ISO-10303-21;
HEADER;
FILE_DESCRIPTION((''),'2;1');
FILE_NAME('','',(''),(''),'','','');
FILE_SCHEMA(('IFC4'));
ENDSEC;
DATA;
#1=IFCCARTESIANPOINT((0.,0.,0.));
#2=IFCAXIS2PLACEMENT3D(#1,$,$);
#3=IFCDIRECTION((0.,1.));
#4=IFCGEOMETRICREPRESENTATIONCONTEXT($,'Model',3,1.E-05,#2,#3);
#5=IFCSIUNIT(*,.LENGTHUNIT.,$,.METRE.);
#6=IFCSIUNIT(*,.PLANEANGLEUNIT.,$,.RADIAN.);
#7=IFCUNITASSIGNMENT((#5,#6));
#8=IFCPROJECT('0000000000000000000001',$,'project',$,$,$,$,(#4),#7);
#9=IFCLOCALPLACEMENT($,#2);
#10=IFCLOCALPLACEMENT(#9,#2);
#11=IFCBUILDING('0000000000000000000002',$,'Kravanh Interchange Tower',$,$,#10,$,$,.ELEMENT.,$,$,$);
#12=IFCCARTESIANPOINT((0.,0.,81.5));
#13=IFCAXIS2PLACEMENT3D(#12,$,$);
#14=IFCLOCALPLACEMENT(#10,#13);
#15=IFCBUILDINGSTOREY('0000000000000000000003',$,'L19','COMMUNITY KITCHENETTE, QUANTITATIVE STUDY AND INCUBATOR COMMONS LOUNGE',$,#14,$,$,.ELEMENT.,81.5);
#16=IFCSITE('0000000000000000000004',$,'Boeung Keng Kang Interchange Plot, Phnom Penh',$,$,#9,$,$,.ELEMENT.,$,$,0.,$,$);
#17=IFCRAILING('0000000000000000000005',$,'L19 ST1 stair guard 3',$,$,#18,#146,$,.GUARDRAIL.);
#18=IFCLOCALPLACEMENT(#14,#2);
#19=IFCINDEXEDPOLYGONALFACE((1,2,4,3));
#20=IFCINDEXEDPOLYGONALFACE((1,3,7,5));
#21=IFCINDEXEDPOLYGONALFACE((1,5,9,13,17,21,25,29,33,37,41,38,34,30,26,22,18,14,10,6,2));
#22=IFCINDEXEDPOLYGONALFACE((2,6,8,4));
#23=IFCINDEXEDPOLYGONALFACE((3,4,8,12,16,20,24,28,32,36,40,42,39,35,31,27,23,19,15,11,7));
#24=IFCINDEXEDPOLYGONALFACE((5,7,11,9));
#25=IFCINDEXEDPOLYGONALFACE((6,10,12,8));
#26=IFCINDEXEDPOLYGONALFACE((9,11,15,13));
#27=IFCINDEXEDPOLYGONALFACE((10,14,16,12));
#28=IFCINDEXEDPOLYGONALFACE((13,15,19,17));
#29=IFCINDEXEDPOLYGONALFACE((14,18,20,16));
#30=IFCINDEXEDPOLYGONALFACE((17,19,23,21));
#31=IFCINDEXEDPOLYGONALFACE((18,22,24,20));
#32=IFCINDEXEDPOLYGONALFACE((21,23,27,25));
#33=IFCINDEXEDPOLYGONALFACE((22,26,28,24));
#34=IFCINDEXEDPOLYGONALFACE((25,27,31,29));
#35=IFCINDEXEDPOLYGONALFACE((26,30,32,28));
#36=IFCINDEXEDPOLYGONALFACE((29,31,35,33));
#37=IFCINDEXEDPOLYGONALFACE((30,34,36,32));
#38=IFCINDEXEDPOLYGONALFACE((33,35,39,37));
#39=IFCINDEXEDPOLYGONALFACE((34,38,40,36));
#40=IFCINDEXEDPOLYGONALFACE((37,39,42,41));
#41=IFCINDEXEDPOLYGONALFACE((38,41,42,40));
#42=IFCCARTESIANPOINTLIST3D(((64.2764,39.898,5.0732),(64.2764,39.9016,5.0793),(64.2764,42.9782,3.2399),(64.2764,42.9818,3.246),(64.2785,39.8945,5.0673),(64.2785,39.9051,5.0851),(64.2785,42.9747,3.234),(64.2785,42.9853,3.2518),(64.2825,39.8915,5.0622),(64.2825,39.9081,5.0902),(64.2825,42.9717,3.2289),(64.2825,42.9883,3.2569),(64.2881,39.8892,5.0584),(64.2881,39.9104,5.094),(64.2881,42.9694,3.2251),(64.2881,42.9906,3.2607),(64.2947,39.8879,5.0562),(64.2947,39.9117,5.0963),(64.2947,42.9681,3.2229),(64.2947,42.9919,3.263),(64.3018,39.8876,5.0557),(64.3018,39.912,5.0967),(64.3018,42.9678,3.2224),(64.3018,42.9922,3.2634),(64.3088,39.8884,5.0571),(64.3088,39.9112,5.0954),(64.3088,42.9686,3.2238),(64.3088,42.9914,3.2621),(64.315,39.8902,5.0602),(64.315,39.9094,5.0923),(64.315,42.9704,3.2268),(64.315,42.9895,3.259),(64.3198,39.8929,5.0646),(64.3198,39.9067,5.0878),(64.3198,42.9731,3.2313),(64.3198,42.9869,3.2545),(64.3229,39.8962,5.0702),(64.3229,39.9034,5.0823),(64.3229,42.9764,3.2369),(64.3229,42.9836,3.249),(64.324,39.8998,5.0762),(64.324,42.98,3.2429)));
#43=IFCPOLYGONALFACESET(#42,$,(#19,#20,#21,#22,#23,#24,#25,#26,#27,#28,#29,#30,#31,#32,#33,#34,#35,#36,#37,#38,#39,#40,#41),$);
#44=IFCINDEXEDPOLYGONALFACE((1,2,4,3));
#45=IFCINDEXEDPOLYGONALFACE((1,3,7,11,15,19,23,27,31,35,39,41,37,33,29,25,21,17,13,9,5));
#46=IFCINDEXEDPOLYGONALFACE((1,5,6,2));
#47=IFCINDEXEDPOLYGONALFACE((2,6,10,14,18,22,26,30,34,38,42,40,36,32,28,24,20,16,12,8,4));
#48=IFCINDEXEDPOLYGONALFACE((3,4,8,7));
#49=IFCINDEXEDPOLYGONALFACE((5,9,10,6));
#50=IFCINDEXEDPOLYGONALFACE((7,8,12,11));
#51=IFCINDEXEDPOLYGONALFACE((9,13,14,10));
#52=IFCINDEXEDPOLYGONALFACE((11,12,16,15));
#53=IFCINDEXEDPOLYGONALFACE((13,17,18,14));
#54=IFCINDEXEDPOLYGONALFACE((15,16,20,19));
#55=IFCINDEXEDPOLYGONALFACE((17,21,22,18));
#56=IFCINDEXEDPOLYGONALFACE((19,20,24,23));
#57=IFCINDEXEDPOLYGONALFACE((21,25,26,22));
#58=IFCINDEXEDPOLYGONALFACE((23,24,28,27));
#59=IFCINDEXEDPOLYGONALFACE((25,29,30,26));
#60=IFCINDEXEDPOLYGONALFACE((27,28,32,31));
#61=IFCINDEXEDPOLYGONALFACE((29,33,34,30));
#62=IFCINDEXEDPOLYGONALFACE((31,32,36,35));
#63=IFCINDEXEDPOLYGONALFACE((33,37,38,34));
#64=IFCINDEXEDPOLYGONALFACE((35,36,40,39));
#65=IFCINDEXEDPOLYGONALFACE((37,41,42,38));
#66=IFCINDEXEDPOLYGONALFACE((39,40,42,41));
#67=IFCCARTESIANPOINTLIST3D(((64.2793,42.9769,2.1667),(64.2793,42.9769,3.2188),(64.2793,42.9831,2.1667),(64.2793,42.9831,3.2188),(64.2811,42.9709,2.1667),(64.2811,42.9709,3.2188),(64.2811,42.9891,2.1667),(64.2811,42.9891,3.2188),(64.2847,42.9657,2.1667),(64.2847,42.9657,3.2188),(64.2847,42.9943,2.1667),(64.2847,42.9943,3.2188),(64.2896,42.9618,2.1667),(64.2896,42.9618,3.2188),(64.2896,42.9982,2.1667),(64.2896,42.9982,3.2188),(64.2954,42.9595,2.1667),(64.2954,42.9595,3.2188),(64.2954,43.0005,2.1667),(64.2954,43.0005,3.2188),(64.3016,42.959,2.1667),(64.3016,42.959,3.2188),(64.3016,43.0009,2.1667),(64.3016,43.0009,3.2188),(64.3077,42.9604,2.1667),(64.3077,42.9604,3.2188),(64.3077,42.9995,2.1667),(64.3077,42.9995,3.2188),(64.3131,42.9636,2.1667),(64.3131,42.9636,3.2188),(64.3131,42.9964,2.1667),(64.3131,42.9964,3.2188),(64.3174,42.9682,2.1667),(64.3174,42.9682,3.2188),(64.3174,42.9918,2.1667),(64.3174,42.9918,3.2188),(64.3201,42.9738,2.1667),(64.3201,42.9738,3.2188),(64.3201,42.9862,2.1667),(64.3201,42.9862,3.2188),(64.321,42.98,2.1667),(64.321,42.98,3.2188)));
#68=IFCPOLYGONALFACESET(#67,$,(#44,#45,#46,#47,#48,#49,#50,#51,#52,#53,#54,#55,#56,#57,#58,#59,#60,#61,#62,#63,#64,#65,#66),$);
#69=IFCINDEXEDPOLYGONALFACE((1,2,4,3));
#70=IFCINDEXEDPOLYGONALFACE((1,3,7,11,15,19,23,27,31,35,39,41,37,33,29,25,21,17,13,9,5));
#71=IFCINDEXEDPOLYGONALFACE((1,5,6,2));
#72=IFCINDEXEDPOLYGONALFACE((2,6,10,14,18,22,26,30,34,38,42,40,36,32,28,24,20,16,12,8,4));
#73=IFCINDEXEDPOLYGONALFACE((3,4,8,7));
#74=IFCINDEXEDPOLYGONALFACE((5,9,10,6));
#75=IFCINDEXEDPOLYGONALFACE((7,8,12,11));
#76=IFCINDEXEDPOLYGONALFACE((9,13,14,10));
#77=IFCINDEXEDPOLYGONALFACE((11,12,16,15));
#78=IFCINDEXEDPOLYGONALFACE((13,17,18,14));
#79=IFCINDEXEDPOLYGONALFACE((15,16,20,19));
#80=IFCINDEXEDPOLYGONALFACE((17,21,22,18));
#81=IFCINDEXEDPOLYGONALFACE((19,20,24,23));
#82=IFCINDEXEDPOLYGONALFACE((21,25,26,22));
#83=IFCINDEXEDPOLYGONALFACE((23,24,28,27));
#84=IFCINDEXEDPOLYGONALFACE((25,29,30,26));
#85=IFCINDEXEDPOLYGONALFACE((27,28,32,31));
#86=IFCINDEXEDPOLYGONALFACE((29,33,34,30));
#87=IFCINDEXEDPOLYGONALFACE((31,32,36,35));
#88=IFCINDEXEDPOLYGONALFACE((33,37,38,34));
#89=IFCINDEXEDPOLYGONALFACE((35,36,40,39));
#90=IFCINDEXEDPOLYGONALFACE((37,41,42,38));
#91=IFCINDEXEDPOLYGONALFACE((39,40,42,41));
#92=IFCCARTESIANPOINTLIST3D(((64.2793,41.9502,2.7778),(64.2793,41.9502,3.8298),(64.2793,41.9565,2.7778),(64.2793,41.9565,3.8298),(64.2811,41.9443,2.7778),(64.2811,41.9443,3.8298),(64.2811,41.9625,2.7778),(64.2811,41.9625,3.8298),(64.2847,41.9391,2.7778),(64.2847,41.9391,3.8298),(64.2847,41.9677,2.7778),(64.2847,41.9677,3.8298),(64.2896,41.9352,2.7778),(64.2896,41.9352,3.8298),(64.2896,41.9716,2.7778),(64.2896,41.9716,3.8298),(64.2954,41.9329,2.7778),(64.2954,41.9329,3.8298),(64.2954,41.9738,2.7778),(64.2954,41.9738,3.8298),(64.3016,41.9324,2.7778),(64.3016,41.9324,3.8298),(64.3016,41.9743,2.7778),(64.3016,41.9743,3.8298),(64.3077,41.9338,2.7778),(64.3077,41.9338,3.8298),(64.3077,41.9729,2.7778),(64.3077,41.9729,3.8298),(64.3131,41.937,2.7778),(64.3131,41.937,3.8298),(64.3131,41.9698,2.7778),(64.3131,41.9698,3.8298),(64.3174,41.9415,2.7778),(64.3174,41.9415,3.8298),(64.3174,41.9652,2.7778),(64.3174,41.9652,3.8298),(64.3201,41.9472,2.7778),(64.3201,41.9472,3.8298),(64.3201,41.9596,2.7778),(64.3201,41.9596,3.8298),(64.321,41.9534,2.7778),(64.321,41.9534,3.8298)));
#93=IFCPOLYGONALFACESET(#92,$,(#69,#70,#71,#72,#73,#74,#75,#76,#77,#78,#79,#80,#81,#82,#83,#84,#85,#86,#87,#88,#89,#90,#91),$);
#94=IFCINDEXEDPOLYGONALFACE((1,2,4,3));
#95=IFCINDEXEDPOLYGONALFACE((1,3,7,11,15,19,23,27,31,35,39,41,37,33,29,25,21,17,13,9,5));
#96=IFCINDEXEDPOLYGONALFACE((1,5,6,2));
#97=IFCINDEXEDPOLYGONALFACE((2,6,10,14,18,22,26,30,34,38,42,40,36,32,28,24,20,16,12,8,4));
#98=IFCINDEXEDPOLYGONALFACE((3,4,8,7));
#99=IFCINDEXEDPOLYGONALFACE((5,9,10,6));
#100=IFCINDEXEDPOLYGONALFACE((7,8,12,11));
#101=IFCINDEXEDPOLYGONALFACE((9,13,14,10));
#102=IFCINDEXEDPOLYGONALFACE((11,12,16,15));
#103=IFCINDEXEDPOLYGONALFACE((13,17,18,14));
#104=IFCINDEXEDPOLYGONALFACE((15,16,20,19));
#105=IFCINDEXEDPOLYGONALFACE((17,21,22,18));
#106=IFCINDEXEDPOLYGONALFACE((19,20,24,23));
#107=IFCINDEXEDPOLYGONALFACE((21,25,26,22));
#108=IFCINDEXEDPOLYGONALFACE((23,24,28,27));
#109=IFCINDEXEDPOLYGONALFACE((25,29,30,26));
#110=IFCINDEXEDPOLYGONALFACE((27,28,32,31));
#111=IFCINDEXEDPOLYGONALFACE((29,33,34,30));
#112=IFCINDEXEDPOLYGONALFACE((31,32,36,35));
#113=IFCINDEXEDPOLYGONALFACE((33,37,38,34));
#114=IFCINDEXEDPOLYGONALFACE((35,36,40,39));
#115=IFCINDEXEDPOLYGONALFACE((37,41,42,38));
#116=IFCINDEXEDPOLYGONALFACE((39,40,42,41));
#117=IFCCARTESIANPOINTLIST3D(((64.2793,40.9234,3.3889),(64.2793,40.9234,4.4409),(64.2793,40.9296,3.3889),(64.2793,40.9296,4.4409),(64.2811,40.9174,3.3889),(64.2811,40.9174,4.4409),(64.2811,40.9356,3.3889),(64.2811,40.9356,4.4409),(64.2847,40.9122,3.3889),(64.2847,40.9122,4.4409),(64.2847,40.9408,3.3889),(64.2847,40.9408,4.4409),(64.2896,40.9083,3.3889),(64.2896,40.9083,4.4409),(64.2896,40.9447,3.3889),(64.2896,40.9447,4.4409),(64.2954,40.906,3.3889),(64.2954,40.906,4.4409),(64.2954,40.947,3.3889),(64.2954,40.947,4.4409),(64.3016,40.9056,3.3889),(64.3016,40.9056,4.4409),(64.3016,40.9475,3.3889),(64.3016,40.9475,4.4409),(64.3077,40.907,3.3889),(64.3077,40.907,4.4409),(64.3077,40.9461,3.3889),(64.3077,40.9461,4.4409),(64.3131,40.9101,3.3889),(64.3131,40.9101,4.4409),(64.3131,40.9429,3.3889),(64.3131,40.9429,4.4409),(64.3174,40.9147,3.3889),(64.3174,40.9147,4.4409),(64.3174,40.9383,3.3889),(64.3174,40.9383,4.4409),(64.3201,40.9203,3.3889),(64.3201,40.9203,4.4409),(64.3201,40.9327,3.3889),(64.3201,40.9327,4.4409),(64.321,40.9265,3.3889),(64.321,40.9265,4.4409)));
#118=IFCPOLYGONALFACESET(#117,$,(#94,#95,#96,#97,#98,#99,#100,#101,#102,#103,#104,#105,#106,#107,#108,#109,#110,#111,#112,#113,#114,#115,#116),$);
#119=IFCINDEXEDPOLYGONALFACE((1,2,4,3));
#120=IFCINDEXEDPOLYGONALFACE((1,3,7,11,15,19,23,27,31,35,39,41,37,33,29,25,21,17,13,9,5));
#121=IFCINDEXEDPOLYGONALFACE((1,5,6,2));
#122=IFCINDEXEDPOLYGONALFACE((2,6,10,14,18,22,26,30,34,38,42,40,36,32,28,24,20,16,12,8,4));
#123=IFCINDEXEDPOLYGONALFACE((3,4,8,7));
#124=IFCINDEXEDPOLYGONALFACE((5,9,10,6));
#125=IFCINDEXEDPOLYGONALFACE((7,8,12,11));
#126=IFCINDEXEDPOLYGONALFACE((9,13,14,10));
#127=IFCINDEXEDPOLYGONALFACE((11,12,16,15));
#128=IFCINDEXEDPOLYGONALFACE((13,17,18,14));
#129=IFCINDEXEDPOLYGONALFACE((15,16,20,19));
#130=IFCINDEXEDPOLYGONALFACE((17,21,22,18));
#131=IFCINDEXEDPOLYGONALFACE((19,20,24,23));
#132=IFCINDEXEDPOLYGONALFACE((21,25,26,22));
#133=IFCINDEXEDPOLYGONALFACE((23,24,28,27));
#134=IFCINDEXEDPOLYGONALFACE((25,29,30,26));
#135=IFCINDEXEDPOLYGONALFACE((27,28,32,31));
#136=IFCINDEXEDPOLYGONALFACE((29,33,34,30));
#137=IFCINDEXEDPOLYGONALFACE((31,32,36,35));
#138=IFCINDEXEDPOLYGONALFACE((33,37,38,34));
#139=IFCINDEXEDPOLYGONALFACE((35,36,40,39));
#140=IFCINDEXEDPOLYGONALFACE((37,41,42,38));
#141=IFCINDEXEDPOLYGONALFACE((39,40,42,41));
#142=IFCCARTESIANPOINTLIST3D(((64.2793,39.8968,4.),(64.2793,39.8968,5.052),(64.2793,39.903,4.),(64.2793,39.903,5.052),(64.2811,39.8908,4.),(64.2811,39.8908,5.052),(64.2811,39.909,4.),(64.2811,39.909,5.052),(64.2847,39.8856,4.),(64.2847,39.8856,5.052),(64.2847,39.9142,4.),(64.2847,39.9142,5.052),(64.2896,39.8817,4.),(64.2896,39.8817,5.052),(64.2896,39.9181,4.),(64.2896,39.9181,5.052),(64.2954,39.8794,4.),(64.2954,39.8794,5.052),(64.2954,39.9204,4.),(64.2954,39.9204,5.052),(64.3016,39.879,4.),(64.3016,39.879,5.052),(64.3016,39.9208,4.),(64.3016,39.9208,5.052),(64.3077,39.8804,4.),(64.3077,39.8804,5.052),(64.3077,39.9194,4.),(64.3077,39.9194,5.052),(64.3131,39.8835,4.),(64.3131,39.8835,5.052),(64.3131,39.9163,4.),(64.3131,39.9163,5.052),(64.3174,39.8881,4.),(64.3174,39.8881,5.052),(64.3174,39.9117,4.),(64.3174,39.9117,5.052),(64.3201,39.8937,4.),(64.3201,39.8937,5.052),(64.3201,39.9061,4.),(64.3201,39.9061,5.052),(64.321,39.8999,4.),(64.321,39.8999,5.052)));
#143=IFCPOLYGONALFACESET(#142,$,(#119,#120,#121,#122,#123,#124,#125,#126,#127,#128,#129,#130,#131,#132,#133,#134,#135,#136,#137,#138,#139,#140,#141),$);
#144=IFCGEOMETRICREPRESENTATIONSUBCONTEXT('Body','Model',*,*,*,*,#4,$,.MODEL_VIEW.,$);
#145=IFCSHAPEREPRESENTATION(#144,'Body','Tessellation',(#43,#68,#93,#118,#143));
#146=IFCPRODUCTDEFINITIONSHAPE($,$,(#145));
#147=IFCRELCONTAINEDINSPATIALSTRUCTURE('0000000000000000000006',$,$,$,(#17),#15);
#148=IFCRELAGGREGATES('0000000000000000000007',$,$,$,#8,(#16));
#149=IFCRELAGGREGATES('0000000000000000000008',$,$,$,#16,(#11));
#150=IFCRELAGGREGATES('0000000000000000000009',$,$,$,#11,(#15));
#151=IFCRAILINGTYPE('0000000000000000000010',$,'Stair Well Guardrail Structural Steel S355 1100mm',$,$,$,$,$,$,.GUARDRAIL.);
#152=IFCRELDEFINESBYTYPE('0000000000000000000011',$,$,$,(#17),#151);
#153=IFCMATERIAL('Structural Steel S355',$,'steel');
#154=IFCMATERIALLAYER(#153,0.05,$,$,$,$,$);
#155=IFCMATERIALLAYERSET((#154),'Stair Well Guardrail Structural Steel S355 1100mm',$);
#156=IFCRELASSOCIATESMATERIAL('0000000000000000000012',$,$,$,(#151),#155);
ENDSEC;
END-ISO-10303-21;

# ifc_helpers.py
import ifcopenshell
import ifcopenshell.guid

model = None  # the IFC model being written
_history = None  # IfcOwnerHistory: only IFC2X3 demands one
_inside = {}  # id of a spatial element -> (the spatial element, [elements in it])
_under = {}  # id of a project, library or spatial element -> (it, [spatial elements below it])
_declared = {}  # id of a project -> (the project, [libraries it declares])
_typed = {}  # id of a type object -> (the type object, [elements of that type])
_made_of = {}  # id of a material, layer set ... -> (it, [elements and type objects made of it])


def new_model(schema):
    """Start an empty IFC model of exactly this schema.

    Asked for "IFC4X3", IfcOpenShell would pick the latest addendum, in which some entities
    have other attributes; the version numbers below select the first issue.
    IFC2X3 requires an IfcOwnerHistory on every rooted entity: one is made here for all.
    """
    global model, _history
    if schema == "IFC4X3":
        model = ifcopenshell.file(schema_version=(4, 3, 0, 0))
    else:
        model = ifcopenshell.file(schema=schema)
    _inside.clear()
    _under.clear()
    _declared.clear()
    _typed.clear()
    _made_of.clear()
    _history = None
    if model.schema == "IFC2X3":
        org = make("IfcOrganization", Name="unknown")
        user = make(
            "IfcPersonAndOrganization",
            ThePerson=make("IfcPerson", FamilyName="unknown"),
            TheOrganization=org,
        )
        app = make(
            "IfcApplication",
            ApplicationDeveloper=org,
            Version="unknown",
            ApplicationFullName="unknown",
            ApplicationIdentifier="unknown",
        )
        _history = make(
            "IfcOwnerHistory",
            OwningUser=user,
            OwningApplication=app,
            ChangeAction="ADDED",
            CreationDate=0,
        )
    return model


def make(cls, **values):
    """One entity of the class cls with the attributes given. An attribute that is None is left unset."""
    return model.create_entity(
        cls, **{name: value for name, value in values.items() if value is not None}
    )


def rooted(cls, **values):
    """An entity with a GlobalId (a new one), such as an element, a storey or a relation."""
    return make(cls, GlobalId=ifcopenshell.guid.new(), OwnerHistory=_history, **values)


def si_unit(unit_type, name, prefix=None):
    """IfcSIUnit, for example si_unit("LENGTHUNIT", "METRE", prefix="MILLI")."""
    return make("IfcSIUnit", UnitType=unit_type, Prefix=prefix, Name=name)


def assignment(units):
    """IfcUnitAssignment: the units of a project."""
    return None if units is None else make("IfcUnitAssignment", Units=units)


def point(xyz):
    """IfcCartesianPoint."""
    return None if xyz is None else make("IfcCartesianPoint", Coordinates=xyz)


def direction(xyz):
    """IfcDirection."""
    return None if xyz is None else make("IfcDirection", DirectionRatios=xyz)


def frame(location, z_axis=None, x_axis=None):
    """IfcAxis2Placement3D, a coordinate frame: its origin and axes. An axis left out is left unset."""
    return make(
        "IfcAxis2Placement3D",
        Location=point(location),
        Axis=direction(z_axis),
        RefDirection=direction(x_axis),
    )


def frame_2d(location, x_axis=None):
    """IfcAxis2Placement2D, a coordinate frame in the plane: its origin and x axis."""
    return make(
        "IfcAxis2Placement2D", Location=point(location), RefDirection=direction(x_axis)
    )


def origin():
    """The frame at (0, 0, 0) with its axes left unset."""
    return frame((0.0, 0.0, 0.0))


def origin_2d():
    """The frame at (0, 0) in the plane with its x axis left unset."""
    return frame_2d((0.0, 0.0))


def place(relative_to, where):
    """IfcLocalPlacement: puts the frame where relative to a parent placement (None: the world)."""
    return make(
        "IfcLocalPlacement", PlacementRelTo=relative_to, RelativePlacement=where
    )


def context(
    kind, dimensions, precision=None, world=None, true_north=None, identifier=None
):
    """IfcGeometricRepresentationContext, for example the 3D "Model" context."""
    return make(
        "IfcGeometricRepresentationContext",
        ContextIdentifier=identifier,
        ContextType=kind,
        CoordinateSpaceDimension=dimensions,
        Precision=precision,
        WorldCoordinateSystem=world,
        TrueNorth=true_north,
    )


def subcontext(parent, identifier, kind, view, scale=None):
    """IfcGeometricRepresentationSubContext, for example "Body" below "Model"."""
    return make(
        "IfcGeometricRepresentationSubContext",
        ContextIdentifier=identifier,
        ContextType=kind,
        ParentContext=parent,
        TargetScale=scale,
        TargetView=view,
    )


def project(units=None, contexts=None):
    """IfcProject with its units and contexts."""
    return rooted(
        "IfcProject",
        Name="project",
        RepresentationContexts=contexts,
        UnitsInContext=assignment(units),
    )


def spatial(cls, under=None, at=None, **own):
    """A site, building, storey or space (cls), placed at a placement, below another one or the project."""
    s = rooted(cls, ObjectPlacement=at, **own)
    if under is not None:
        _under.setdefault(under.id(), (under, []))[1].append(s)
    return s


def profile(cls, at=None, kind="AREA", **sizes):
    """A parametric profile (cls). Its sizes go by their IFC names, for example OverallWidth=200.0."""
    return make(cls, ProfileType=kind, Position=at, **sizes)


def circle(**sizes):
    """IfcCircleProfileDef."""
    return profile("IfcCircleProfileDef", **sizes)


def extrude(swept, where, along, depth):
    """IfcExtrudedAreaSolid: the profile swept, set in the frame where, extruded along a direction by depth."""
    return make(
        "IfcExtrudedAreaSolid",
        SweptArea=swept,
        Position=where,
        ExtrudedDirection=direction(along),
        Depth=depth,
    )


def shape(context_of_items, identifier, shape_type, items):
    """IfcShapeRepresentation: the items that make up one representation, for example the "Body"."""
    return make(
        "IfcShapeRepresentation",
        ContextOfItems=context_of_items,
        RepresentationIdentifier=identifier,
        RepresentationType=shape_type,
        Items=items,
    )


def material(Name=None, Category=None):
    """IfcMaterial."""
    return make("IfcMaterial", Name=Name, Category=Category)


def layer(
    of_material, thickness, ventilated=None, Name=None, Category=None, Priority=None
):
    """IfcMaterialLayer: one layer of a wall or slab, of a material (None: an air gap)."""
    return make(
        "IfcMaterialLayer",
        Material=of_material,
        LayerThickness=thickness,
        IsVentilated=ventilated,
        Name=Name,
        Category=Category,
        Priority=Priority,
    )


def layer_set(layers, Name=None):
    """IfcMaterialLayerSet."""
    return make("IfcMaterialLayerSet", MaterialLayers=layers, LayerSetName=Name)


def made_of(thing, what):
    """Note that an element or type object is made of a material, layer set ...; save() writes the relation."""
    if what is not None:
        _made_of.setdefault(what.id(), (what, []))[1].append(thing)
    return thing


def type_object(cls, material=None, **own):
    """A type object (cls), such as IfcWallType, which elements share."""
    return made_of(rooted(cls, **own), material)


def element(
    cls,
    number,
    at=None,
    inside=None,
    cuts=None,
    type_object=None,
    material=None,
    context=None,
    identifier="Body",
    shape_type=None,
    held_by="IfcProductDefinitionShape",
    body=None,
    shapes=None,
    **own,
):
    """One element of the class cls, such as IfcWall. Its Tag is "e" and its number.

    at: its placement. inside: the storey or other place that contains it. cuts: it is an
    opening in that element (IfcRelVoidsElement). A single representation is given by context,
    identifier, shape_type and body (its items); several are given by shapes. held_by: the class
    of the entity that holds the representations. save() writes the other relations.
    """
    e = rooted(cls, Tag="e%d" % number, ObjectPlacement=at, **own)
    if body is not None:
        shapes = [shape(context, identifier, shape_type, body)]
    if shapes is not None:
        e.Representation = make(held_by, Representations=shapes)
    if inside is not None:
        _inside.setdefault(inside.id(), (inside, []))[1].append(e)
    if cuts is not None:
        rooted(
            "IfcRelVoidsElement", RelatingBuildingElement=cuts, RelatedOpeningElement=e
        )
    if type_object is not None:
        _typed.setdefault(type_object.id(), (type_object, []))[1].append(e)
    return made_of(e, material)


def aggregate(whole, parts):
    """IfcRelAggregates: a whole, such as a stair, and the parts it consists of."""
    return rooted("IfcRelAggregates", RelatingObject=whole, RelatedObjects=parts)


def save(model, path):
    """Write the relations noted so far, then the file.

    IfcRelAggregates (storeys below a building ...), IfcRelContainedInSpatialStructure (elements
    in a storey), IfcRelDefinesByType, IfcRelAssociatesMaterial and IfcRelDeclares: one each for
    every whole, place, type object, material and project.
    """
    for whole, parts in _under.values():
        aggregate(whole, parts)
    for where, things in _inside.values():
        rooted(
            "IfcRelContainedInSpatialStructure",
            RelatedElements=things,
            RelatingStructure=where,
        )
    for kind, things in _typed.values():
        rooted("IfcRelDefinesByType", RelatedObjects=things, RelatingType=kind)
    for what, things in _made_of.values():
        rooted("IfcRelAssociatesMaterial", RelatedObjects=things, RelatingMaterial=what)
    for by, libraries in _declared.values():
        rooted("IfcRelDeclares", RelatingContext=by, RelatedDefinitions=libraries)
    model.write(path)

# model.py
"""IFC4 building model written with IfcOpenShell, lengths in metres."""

from ifc_helpers import new_model, si_unit, direction, frame, origin, origin_2d, place, context, subcontext, project, spatial, circle, extrude, material, layer, layer_set, type_object, element, save


model = new_model("IFC4")

# Units and contexts
model_context = context("Model", 3, precision=1e-05, world=origin(), true_north=direction((0.0, 1.0)))
body_context = subcontext(model_context, "Body", "Model", "MODEL_VIEW")
ifc_project = project(units=[si_unit("LENGTHUNIT", "METRE"), si_unit("PLANEANGLEUNIT", "RADIAN")], contexts=[model_context])

# Site, building, storey
site_placement = place(None, origin())
site = spatial("IfcSite", under=ifc_project, at=site_placement, Name="Boeung Keng Kang Interchange Plot, Phnom Penh", CompositionType="ELEMENT", RefElevation=0.0)
building_placement = place(site_placement, origin())
building = spatial("IfcBuilding", under=site, at=building_placement, Name="Kravanh Interchange Tower", CompositionType="ELEMENT")
storey_placement = place(building_placement, frame((0.0, 0.0, 81.5)))
storey = spatial("IfcBuildingStorey", under=building, at=storey_placement, Name="L19", Description="COMMUNITY KITCHENETTE, QUANTITATIVE STUDY AND INCUBATOR COMMONS LOUNGE", CompositionType="ELEMENT", Elevation=81.5)

# Railing
ifc_material_1 = material(Name="Structural Steel S355", Category="steel")
ifc_layer_1 = layer(ifc_material_1, 0.05)
ifc_layer_set_1 = layer_set([ifc_layer_1], Name="Stair Well Guardrail Structural Steel S355 1100mm")
railing_type_1 = type_object("IfcRailingType", Name="Stair Well Guardrail Structural Steel S355 1100mm", PredefinedType="GUARDRAIL", material=ifc_layer_set_1)
railing_1_placement = place(storey_placement, frame((64.3, 42.98, 2.1667)))
element("IfcRailing", 1, at=railing_1_placement, inside=storey, type_object=railing_type_1, Name="L19 ST1 stair guard 3", PredefinedType="GUARDRAIL", context=body_context, shape_type="SweptSolid", body=[
    extrude(circle(Radius=0.0239, at=origin_2d()), frame((0.0, 0.0, 1.0762), z_axis=(0.0, -0.859309, 0.511458), x_axis=(1.0, 0.0, 0.0)), (0.0, 0.0, 1.0), 3.5845),
    extrude(circle(Radius=0.021, at=origin_2d()), origin(), (0.0, 0.0, 1.0), 1.052),
    extrude(circle(Radius=0.021, at=origin_2d()), frame((0.0, -1.0266, 0.6111)), (0.0, 0.0, 1.0), 1.052),
    extrude(circle(Radius=0.021, at=origin_2d()), frame((0.0, -2.0535, 1.2222)), (0.0, 0.0, 1.0), 1.052),
    extrude(circle(Radius=0.021, at=origin_2d()), frame((0.0, -3.0801, 1.8333)), (0.0, 0.0, 1.0), 1.052),
])

save(model, "model.ifc")
